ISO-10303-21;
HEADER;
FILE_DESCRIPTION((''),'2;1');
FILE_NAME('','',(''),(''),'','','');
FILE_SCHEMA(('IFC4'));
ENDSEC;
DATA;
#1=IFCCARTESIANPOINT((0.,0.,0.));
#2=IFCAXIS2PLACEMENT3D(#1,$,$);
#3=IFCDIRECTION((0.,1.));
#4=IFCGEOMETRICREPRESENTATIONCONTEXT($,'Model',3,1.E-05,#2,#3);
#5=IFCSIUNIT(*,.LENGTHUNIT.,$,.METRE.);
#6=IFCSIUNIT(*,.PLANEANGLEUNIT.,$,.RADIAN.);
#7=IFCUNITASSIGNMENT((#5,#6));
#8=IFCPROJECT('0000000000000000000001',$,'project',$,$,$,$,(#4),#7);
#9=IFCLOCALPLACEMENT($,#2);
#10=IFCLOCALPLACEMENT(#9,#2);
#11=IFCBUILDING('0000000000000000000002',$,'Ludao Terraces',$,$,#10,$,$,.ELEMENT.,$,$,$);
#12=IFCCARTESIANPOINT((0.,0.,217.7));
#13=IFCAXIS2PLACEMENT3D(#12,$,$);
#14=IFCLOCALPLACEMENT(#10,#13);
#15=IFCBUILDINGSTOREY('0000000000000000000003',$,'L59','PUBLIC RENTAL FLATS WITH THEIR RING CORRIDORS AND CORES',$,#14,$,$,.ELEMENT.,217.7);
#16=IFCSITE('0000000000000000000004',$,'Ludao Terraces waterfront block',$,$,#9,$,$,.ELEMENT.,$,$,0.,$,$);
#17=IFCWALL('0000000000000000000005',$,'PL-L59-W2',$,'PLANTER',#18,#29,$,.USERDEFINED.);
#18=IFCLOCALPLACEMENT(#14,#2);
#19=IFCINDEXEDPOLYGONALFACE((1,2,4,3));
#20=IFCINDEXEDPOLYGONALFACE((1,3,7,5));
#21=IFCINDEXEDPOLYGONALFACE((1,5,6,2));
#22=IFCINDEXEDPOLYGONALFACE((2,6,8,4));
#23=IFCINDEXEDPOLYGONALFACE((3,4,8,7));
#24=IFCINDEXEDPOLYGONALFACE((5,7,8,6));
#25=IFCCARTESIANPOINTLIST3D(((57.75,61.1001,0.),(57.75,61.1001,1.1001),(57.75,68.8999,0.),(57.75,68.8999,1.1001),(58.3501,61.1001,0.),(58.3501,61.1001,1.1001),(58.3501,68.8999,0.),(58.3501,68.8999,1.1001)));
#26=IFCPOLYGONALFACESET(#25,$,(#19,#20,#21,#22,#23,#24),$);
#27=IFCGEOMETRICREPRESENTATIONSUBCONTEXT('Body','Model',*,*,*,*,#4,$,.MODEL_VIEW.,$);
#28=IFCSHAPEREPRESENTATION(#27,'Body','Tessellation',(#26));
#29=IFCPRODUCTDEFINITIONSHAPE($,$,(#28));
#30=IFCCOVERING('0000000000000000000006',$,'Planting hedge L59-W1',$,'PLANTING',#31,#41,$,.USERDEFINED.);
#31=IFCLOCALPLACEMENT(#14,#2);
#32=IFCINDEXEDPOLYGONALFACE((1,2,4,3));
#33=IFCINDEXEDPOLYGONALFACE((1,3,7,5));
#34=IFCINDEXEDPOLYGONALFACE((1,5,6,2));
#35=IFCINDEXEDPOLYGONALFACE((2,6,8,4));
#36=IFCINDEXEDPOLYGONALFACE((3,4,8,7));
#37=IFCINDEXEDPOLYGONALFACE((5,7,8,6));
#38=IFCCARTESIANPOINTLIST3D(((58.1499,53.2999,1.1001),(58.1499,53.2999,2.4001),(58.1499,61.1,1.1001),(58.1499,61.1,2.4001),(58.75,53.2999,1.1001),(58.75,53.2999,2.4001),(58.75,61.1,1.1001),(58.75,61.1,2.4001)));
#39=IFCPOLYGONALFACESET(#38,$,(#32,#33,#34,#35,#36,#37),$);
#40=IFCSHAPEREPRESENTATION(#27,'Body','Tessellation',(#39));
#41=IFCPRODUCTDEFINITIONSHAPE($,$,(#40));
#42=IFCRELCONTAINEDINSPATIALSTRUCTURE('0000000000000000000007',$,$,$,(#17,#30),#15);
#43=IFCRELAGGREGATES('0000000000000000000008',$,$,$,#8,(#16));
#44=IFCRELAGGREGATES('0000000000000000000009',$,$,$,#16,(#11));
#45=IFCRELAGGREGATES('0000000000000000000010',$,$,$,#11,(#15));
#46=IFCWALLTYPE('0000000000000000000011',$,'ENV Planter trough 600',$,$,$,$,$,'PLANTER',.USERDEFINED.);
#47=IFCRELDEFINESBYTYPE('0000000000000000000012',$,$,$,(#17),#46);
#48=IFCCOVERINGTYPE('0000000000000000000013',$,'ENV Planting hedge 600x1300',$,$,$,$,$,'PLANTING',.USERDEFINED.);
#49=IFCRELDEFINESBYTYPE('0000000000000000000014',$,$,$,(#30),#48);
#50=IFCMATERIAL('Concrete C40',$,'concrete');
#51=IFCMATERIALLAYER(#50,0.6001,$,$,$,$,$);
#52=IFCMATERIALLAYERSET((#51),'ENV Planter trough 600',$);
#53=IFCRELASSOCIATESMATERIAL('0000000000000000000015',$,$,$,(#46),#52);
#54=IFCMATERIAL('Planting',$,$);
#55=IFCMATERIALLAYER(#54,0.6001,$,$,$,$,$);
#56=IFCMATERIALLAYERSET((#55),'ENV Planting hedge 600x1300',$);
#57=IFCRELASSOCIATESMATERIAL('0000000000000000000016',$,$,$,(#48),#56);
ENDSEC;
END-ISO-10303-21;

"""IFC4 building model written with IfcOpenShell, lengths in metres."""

from ifc_helpers import new_model, si_unit, direction, frame, frame_2d, origin, origin_2d, place, context, subcontext, project, spatial, rectangle, extrude, material, layer, layer_set, type_object, element, save


model = new_model("IFC4")

# Units and contexts
model_context = context("Model", 3, precision=1e-05, world=origin(), true_north=direction((0.0, 1.0)))
body_context = subcontext(model_context, "Body", "Model", "MODEL_VIEW")
ifc_project = project(units=[si_unit("LENGTHUNIT", "METRE"), si_unit("PLANEANGLEUNIT", "RADIAN")], contexts=[model_context])

# Site, building, storey
site_placement = place(None, origin())
site = spatial("IfcSite", under=ifc_project, at=site_placement, Name="Ludao Terraces waterfront block", CompositionType="ELEMENT", RefElevation=0.0)
building_placement = place(site_placement, origin())
building = spatial("IfcBuilding", under=site, at=building_placement, Name="Ludao Terraces", CompositionType="ELEMENT")
storey_placement = place(building_placement, frame((0.0, 0.0, 217.7)))
storey = spatial("IfcBuildingStorey", under=building, at=storey_placement, Name="L59", Description="PUBLIC RENTAL FLATS WITH THEIR RING CORRIDORS AND CORES", CompositionType="ELEMENT", Elevation=217.7)

# Shared definitions
ifc_material_1 = material(Name="Concrete C40", Category="concrete")

# Wall
ifc_layer_1 = layer(ifc_material_1, 0.6001)
ifc_layer_set_1 = layer_set([ifc_layer_1], Name="ENV Planter trough 600")
wall_type = type_object("IfcWallType", Name="ENV Planter trough 600", ElementType="PLANTER", PredefinedType="USERDEFINED", material=ifc_layer_set_1)
wall_1_placement = place(storey_placement, frame((58.05, 61.1001, 0.0), z_axis=(0.0, 0.0, 1.0), x_axis=(0.0, 1.0, 0.0)))
element("IfcWall", 1, at=wall_1_placement, inside=storey, type_object=wall_type, Name="PL-L59-W2", ObjectType="PLANTER", PredefinedType="USERDEFINED", context=body_context, shape_type="SweptSolid", body=[
    extrude(rectangle(XDim=7.7998, YDim=0.6001, at=frame_2d((3.8999, 0.0))), origin(), (0.0, 0.0, 1.0), 1.1001),
])

# Covering
ifc_material_2 = material(Name="Planting")
ifc_layer_2 = layer(ifc_material_2, 0.6001)
ifc_layer_set_2 = layer_set([ifc_layer_2], Name="ENV Planting hedge 600x1300")
covering_type = type_object("IfcCoveringType", Name="ENV Planting hedge 600x1300", ElementType="PLANTING", PredefinedType="USERDEFINED", material=ifc_layer_set_2)
covering_placement = place(storey_placement, frame((58.45, 57.2, 1.1001), z_axis=(0.0, 0.0, 1.0), x_axis=(1.0, 0.0, 0.0)))
element("IfcCovering", 2, at=covering_placement, inside=storey, type_object=covering_type, Name="Planting hedge L59-W1", ObjectType="PLANTING", PredefinedType="USERDEFINED", context=body_context, shape_type="SweptSolid", body=[
    extrude(rectangle(XDim=0.6001, YDim=7.8, at=origin_2d()), origin(), (0.0, 0.0, 1.0), 1.3),
])

save(model, "model.ifc")
